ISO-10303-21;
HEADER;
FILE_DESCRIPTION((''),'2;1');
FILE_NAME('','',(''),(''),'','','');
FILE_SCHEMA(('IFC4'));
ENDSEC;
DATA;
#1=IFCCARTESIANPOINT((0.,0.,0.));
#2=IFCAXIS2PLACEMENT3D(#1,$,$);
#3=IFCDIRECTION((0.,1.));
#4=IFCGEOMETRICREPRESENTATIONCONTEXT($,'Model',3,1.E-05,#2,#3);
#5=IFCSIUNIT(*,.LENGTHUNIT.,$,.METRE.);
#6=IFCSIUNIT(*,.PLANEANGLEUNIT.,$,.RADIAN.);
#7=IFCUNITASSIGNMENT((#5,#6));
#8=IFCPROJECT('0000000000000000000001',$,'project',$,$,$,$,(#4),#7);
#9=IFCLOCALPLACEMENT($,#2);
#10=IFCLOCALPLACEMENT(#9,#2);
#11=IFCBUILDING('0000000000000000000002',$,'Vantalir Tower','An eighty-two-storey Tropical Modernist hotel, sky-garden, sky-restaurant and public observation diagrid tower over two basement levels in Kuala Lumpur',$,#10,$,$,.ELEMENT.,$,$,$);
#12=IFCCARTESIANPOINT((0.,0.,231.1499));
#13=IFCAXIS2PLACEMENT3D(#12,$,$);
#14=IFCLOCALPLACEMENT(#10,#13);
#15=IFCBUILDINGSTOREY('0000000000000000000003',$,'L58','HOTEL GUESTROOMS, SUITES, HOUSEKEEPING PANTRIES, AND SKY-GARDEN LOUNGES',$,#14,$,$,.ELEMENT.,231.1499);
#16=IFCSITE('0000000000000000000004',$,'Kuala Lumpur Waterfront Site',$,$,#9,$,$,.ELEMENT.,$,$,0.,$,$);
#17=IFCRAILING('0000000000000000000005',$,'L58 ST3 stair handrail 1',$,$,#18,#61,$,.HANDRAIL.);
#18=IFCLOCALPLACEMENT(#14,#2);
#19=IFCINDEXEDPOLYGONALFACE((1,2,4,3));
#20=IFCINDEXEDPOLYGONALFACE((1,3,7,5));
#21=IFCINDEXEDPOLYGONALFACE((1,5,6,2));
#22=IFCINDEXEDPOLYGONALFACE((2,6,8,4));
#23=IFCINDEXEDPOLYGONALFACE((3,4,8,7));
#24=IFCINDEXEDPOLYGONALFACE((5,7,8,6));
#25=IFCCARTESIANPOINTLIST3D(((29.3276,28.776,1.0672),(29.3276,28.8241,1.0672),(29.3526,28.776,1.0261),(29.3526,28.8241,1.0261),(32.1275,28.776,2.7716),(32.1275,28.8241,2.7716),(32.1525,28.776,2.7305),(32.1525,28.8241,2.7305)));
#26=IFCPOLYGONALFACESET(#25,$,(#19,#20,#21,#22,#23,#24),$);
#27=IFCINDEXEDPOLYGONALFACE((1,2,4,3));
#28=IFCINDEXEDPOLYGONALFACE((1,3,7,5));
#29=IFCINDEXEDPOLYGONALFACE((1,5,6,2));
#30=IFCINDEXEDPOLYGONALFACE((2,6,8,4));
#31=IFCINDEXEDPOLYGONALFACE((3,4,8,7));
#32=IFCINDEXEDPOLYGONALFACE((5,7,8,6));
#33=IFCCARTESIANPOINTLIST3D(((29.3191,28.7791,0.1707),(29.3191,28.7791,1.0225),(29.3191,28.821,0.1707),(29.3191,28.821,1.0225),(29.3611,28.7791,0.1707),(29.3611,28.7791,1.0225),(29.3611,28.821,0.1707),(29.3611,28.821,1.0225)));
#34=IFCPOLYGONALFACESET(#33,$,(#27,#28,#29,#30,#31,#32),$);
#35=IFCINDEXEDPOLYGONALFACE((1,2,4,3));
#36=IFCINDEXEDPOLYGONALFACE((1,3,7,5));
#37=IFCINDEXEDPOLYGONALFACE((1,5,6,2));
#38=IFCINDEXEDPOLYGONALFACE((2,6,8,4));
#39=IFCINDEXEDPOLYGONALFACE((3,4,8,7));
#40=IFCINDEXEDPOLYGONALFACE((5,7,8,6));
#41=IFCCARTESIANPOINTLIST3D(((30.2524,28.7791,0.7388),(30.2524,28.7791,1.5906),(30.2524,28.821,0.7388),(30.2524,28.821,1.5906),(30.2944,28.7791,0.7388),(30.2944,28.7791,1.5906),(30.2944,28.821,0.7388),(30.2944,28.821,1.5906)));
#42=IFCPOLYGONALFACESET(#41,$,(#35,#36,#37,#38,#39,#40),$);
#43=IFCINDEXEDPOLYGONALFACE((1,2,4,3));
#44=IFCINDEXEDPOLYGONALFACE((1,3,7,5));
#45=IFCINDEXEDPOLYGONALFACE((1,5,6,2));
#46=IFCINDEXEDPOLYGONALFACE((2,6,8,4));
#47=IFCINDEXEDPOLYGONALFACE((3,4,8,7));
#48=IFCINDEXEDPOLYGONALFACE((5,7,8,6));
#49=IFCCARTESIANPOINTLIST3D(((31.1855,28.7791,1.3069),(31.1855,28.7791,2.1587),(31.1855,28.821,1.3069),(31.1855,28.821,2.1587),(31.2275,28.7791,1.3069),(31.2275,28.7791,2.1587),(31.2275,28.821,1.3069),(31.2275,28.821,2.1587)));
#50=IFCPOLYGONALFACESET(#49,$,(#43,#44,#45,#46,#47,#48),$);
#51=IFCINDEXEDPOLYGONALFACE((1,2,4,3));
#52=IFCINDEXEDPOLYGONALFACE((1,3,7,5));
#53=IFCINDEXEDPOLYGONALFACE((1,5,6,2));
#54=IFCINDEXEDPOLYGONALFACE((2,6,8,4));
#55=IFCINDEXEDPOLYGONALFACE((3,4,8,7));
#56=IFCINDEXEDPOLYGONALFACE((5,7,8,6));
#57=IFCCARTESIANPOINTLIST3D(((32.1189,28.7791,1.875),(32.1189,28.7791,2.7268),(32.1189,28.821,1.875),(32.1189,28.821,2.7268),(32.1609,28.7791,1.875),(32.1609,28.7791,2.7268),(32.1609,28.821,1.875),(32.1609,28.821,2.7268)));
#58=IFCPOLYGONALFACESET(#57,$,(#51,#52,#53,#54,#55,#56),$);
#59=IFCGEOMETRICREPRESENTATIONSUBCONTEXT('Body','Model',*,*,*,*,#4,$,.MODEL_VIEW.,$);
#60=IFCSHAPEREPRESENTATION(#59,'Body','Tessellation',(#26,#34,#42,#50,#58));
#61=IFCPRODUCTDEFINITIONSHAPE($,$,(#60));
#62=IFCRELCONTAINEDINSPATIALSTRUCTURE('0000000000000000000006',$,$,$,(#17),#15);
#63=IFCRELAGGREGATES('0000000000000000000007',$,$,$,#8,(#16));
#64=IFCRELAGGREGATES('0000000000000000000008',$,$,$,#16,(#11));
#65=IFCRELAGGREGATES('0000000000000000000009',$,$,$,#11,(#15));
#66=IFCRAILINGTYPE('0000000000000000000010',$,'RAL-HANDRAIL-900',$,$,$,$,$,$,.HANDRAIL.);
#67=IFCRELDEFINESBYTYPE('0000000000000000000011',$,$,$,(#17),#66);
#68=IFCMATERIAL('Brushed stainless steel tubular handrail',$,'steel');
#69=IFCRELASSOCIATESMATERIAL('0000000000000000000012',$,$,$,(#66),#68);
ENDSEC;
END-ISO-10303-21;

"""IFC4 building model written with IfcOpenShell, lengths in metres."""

from ifc_helpers import new_model, si_unit, direction, frame, origin, origin_2d, place, context, subcontext, project, spatial, rectangle, extrude, material, type_object, element, save


model = new_model("IFC4")

# Units and contexts
model_context = context("Model", 3, precision=1e-05, world=origin(), true_north=direction((0.0, 1.0)))
body_context = subcontext(model_context, "Body", "Model", "MODEL_VIEW")
ifc_project = project(units=[si_unit("LENGTHUNIT", "METRE"), si_unit("PLANEANGLEUNIT", "RADIAN")], contexts=[model_context])

# Site, building, storey
site_placement = place(None, origin())
site = spatial("IfcSite", under=ifc_project, at=site_placement, Name="Kuala Lumpur Waterfront Site", CompositionType="ELEMENT", RefElevation=0.0)
building_placement = place(site_placement, origin())
building = spatial("IfcBuilding", under=site, at=building_placement, Name="Vantalir Tower", Description="An eighty-two-storey Tropical Modernist hotel, sky-garden, sky-restaurant and public observation diagrid tower over two basement levels in Kuala Lumpur", CompositionType="ELEMENT")
storey_placement = place(building_placement, frame((0.0, 0.0, 231.1499)))
storey = spatial("IfcBuildingStorey", under=building, at=storey_placement, Name="L58", Description="HOTEL GUESTROOMS, SUITES, HOUSEKEEPING PANTRIES, AND SKY-GARDEN LOUNGES", CompositionType="ELEMENT", Elevation=231.1499)

# Railing
ifc_material_1 = material(Name="Brushed stainless steel tubular handrail", Category="steel")
railing_type_1 = type_object("IfcRailingType", Name="RAL-HANDRAIL-900", PredefinedType="HANDRAIL", material=ifc_material_1)
railing_1_placement = place(storey_placement, frame((29.3401, 28.8, 0.1707)))
element("IfcRailing", 1, at=railing_1_placement, inside=storey, type_object=railing_type_1, Name="L58 ST3 stair handrail 1", PredefinedType="HANDRAIL", context=body_context, shape_type="SweptSolid", body=[
    extrude(rectangle(XDim=0.0481, YDim=0.0481, at=origin_2d()), frame((0.0, 0.0, 0.876), z_axis=(0.854183, 0.0, 0.519973), x_axis=(0.0, 1.0, 0.0)), (0.0, 0.0, 1.0), 3.2778),
    extrude(rectangle(XDim=0.042, YDim=0.042, at=origin_2d()), origin(), (0.0, 0.0, 1.0), 0.8518),
    extrude(rectangle(XDim=0.042, YDim=0.042, at=origin_2d()), frame((0.9333, 0.0, 0.5681)), (0.0, 0.0, 1.0), 0.8518),
    extrude(rectangle(XDim=0.042, YDim=0.042, at=origin_2d()), frame((1.8665, 0.0, 1.1362)), (0.0, 0.0, 1.0), 0.8518),
    extrude(rectangle(XDim=0.042, YDim=0.042, at=origin_2d()), frame((2.7998, 0.0, 1.7043)), (0.0, 0.0, 1.0), 0.8518),
])

save(model, "model.ifc")
